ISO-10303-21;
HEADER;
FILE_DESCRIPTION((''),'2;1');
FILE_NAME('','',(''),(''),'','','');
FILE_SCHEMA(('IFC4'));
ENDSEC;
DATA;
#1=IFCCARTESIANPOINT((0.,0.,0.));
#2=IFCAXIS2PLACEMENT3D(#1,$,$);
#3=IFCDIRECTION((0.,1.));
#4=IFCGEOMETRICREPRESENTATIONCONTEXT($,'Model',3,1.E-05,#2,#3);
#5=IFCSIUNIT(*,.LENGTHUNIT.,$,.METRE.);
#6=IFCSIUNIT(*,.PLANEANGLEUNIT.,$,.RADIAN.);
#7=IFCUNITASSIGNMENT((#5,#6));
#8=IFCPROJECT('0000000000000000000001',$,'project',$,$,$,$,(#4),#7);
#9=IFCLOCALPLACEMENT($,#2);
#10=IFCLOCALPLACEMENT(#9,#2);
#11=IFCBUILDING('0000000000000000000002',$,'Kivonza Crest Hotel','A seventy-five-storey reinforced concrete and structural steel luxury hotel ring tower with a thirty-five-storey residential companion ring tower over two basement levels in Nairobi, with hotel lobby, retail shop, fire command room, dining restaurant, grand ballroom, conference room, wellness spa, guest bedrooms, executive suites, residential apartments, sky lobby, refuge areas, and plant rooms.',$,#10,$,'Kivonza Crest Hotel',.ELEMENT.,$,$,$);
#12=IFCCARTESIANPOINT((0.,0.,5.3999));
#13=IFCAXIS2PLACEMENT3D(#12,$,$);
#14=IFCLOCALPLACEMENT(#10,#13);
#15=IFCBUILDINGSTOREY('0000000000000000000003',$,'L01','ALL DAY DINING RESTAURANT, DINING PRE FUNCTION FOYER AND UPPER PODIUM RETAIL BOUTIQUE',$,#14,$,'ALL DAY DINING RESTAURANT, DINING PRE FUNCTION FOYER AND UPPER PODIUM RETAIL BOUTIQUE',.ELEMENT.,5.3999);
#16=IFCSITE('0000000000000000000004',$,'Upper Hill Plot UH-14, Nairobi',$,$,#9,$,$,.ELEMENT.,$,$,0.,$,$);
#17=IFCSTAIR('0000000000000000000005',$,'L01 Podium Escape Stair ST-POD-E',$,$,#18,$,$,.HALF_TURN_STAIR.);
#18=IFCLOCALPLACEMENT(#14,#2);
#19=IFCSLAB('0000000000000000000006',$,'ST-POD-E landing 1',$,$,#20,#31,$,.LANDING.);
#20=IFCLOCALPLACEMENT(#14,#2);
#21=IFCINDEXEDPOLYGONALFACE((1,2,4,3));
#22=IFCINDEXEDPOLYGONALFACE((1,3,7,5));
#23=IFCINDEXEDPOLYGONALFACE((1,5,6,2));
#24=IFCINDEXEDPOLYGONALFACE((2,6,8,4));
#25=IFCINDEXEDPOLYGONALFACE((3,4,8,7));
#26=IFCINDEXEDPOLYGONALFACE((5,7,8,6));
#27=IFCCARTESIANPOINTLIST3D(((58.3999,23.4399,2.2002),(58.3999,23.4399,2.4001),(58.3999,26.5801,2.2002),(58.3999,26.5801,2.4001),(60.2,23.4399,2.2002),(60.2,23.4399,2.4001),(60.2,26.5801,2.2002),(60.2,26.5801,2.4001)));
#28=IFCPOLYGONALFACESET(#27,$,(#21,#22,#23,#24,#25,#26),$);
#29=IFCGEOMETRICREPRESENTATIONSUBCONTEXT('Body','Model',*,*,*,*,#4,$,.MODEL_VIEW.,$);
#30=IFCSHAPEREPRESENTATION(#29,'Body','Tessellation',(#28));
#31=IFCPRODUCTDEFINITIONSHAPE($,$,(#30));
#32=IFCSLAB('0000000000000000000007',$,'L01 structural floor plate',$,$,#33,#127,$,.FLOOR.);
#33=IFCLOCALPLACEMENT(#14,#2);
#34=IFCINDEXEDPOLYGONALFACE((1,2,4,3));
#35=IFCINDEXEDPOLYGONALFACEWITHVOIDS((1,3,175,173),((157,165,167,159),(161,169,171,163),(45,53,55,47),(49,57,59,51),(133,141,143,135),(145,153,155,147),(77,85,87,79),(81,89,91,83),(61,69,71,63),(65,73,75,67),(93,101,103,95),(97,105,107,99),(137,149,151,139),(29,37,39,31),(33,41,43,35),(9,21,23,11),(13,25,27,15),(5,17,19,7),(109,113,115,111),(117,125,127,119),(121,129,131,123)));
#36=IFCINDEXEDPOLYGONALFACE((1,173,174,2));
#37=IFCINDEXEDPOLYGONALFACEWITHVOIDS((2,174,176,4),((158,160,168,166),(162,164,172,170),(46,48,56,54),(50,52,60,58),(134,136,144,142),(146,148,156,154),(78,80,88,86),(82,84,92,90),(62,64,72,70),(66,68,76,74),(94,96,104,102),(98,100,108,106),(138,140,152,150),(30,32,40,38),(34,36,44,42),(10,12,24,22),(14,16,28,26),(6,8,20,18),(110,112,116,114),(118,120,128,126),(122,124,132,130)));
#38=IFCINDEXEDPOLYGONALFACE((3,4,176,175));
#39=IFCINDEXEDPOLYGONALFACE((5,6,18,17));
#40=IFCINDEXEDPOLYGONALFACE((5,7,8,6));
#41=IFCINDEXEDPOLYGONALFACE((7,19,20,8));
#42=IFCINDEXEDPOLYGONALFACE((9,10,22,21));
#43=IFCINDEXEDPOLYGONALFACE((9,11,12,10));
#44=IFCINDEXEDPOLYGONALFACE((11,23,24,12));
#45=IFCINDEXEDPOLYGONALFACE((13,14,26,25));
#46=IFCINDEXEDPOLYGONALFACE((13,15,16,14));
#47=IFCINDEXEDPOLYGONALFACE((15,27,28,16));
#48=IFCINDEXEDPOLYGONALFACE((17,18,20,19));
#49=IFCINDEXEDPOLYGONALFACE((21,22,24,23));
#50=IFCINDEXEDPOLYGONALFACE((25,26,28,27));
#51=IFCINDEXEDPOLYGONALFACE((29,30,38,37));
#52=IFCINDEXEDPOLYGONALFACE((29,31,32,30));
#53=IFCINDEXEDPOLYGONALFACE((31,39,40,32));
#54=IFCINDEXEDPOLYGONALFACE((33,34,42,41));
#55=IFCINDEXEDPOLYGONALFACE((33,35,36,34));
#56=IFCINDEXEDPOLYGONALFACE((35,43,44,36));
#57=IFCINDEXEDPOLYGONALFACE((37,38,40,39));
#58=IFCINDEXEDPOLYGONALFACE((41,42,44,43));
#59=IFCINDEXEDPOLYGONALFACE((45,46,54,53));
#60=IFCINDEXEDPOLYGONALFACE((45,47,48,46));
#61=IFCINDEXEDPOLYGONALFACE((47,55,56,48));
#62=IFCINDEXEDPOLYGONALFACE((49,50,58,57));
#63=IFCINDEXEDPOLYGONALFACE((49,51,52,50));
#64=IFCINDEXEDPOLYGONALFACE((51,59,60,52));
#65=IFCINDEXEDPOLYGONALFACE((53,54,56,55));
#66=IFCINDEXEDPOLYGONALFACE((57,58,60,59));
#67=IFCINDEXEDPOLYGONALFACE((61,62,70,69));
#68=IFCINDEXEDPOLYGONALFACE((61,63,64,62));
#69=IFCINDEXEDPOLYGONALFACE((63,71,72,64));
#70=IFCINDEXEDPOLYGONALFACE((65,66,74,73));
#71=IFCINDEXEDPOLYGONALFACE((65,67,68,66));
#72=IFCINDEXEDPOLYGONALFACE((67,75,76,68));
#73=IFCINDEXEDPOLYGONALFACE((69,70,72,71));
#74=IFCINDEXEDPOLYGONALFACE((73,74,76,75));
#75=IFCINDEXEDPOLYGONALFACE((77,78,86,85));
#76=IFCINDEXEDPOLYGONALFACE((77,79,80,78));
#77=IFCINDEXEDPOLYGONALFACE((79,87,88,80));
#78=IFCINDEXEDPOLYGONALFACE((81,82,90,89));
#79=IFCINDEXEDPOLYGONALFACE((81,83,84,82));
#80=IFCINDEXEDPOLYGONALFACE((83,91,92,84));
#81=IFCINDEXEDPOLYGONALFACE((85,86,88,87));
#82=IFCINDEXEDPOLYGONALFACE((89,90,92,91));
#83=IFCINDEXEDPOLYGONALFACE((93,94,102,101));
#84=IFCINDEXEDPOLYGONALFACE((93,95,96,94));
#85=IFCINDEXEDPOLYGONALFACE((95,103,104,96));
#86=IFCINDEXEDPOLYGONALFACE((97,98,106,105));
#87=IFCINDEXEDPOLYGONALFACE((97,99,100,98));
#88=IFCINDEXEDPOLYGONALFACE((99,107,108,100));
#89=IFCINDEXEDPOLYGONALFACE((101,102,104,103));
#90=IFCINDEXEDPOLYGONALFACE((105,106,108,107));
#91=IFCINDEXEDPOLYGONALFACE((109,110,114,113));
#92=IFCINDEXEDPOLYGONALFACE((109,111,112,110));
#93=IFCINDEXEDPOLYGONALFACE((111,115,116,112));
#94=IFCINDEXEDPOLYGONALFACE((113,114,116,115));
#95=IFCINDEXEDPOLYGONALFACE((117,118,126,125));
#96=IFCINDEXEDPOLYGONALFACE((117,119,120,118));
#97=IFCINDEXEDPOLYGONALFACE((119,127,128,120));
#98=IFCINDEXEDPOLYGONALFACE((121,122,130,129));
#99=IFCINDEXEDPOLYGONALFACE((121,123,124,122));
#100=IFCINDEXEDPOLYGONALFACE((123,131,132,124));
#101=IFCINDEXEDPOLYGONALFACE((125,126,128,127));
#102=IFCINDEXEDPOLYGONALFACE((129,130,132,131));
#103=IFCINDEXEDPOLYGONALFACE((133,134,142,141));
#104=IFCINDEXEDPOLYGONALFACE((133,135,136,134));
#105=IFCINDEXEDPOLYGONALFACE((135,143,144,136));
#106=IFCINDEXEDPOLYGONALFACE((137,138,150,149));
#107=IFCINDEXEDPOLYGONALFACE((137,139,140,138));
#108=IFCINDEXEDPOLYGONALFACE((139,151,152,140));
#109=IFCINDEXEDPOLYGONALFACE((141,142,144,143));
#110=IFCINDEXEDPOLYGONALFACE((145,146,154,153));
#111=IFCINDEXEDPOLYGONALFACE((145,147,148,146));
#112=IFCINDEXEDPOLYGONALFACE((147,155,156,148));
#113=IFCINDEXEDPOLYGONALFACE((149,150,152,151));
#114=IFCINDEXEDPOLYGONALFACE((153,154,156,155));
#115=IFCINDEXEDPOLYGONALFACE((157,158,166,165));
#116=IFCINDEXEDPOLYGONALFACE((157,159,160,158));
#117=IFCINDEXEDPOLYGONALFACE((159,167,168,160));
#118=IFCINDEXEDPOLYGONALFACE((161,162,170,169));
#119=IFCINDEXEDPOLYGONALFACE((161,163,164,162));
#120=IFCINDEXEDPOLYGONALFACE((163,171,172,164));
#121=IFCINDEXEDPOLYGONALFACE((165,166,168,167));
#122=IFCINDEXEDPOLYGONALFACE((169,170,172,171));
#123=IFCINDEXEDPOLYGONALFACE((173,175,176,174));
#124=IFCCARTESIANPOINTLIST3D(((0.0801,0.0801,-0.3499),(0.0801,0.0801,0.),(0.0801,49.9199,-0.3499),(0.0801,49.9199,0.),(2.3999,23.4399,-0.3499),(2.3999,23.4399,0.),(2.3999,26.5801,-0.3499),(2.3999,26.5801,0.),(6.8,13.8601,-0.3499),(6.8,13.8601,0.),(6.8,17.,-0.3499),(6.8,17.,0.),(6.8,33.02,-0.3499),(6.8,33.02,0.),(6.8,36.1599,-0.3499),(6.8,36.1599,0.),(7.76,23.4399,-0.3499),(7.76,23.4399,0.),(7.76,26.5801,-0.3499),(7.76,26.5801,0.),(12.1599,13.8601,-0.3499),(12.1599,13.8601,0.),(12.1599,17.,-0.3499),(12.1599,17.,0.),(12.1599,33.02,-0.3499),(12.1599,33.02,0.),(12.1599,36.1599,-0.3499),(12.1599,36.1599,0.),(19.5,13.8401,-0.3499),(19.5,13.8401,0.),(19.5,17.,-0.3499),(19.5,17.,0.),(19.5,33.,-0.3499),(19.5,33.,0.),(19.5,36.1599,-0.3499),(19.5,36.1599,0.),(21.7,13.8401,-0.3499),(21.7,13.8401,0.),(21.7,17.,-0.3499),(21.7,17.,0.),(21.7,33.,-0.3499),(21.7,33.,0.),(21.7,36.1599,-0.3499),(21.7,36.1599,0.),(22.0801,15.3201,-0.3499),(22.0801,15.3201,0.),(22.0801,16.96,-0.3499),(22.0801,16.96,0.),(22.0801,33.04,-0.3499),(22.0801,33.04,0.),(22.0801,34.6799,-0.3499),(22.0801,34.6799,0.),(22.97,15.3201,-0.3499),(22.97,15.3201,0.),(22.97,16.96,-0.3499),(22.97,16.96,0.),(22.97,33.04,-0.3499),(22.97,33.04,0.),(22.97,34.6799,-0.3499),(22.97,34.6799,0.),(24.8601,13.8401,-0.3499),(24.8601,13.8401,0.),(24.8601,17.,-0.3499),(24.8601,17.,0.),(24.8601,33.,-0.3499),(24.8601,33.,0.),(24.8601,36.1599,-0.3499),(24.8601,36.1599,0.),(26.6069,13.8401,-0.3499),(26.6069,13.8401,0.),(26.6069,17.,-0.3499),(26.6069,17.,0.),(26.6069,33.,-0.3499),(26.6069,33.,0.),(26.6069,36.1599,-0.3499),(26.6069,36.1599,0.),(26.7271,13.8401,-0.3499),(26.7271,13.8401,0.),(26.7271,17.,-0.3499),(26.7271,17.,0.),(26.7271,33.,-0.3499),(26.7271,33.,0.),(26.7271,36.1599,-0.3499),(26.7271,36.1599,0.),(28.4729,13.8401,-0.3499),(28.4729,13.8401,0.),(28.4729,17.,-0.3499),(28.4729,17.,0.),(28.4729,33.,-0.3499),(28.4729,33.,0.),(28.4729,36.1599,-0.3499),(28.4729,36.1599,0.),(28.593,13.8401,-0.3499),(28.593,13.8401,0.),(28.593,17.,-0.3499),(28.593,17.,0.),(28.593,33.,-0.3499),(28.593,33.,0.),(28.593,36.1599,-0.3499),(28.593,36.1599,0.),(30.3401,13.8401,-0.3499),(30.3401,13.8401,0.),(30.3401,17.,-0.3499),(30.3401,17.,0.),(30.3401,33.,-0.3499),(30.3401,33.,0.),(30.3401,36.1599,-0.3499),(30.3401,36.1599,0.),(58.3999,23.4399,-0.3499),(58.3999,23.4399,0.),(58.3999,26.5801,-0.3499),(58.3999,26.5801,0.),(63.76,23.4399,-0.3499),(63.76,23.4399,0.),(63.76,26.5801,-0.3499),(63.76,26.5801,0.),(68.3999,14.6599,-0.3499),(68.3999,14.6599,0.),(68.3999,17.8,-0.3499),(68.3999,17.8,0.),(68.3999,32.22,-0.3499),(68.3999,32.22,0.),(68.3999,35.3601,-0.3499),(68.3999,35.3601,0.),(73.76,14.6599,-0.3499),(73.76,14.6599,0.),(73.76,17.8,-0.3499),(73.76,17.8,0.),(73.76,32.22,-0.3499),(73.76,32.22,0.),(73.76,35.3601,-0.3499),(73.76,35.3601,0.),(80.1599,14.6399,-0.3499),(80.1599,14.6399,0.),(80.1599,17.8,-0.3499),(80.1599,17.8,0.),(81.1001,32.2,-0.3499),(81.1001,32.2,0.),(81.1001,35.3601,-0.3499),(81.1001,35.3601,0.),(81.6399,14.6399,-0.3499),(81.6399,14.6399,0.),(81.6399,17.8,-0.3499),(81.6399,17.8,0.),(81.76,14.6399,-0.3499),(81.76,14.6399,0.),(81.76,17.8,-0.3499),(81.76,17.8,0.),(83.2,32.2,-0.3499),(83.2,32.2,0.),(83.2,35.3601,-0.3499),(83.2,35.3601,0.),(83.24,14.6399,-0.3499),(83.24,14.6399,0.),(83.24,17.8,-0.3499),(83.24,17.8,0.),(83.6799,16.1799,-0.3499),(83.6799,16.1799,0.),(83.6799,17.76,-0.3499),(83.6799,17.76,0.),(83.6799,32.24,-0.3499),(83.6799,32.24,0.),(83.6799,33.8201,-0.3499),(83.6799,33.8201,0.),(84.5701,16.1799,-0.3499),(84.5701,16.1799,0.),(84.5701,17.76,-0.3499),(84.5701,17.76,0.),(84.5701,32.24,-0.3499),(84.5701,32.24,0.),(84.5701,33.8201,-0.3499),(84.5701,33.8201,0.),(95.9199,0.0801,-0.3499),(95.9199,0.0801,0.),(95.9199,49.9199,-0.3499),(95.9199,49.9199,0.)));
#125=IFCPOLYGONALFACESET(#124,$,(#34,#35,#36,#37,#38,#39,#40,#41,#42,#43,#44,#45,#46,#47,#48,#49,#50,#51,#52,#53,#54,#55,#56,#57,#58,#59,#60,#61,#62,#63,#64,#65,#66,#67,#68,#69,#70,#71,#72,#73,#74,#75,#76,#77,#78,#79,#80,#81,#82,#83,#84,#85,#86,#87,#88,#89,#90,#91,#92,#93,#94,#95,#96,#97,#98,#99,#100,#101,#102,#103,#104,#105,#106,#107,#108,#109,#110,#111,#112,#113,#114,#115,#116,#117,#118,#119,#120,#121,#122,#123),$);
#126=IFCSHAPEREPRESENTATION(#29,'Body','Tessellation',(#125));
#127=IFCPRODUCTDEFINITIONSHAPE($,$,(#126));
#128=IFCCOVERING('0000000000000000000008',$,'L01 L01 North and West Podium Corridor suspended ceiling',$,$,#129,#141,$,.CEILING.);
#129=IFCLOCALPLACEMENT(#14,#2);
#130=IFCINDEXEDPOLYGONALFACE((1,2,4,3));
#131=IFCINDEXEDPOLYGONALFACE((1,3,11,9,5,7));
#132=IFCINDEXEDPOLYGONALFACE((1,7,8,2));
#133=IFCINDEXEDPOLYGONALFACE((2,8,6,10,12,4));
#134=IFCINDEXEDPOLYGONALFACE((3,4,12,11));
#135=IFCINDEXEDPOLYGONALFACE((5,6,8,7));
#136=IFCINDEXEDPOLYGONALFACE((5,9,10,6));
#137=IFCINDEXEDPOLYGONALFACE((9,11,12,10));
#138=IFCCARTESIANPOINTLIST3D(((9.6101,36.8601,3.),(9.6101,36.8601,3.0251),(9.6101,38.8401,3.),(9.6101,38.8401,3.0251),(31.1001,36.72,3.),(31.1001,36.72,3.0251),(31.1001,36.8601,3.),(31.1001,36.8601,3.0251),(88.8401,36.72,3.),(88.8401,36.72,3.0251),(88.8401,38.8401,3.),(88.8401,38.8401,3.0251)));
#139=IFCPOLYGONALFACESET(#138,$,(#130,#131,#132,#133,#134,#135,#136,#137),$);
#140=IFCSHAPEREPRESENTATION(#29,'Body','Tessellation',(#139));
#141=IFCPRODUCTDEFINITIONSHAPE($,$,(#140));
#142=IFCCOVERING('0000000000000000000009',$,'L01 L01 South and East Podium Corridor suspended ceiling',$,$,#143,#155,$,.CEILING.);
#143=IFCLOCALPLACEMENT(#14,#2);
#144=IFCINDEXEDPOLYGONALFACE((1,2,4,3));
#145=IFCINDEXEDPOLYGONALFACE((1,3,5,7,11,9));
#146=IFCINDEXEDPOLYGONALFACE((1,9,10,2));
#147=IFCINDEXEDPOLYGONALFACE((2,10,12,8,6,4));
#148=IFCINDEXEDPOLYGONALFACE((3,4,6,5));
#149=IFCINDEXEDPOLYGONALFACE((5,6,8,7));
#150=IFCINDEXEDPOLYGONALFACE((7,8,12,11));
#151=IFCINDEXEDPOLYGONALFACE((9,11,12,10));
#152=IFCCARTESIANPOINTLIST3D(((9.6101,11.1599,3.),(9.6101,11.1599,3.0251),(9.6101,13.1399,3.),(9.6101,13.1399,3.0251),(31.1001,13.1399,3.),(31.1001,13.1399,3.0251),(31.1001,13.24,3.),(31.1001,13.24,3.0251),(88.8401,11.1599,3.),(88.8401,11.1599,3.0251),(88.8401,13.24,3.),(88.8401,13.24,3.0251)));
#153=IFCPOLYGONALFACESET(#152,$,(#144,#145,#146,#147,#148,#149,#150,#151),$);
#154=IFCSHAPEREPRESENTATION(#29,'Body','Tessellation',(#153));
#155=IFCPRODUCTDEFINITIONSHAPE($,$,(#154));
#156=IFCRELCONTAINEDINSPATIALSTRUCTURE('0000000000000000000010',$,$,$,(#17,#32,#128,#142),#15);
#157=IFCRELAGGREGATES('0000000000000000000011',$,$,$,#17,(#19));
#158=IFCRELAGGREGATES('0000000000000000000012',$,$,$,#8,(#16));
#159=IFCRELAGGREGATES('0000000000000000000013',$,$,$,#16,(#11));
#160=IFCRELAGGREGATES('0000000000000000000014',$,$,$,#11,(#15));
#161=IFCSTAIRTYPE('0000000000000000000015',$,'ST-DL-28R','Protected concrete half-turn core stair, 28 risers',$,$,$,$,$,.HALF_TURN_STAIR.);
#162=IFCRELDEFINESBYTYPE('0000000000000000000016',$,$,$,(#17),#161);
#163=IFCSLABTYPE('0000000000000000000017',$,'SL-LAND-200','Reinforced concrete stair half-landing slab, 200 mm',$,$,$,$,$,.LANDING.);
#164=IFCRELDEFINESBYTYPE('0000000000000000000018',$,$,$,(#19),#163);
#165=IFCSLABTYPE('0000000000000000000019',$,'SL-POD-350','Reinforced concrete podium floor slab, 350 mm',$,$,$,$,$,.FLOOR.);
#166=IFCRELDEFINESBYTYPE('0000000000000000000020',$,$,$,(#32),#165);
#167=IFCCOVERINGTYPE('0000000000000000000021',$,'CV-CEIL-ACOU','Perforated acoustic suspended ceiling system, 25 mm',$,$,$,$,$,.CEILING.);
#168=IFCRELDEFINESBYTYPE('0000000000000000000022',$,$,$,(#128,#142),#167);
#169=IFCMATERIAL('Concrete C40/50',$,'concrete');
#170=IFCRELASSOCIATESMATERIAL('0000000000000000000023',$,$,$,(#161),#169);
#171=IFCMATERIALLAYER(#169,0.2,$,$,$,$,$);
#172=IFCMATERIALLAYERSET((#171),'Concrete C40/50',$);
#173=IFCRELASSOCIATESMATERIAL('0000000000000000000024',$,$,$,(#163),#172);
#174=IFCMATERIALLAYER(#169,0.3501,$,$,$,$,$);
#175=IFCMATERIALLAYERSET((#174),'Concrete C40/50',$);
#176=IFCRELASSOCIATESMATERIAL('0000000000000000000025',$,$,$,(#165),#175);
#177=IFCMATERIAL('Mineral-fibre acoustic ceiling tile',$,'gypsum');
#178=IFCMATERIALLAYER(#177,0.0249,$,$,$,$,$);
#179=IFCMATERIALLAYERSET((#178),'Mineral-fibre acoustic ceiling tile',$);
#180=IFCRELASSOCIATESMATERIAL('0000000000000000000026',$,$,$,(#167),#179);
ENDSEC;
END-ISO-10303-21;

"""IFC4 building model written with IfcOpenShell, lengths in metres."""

from ifc_helpers import new_model, si_unit, direction, frame, origin, place, context, subcontext, project, spatial, polyline, outline, extrude, material, layer, layer_set, type_object, element, aggregate, save


model = new_model("IFC4")

# Units and contexts
model_context = context("Model", 3, precision=1e-05, world=origin(), true_north=direction((0.0, 1.0)))
body_context = subcontext(model_context, "Body", "Model", "MODEL_VIEW")
ifc_project = project(units=[si_unit("LENGTHUNIT", "METRE"), si_unit("PLANEANGLEUNIT", "RADIAN")], contexts=[model_context])

# Site, building, storey
site_placement = place(None, origin())
site = spatial("IfcSite", under=ifc_project, at=site_placement, Name="Upper Hill Plot UH-14, Nairobi", CompositionType="ELEMENT", RefElevation=0.0)
building_placement = place(site_placement, origin())
building = spatial("IfcBuilding", under=site, at=building_placement, Name="Kivonza Crest Hotel", Description="A seventy-five-storey reinforced concrete and structural steel luxury hotel ring tower with a thirty-five-storey residential companion ring tower over two basement levels in Nairobi, with hotel lobby, retail shop, fire command room, dining restaurant, grand ballroom, conference room, wellness spa, guest bedrooms, executive suites, residential apartments, sky lobby, refuge areas, and plant rooms.", LongName="Kivonza Crest Hotel", CompositionType="ELEMENT")
storey_placement = place(building_placement, frame((0.0, 0.0, 5.3999)))
storey = spatial("IfcBuildingStorey", under=building, at=storey_placement, Name="L01", Description="ALL DAY DINING RESTAURANT, DINING PRE FUNCTION FOYER AND UPPER PODIUM RETAIL BOUTIQUE", LongName="ALL DAY DINING RESTAURANT, DINING PRE FUNCTION FOYER AND UPPER PODIUM RETAIL BOUTIQUE", CompositionType="ELEMENT", Elevation=5.3999)

# Stair, slab
ifc_material_1 = material(Name="Concrete C40/50", Category="concrete")
stair_type = type_object("IfcStairType", Name="ST-DL-28R", Description="Protected concrete half-turn core stair, 28 risers", PredefinedType="HALF_TURN_STAIR", material=ifc_material_1)
ifc_layer_1 = layer(ifc_material_1, 0.2)
ifc_layer_set_1 = layer_set([ifc_layer_1], Name="Concrete C40/50")
slab_type_1 = type_object("IfcSlabType", Name="SL-LAND-200", Description="Reinforced concrete stair half-landing slab, 200 mm", PredefinedType="LANDING", material=ifc_layer_set_1)
stair_1_placement = place(storey_placement, origin())
stair_1 = element("IfcStair", 1, at=stair_1_placement, inside=storey, type_object=stair_type, Name="L01 Podium Escape Stair ST-POD-E", PredefinedType="HALF_TURN_STAIR")
slab_1_placement = place(storey_placement, frame((0.0, 0.0, 2.2002)))
slab_1 = element("IfcSlab", 2, at=slab_1_placement, type_object=slab_type_1, Name="ST-POD-E landing 1", PredefinedType="LANDING", context=body_context, shape_type="SweptSolid", body=[
    extrude(outline(polyline([(60.2, 26.5801), (58.3999, 26.5801), (58.3999, 23.4399), (60.2, 23.4399), (60.2, 26.5801)])), origin(), (0.0, 0.0, 1.0), 0.2),
])
aggregate(stair_1, [slab_1])

# Slab
ifc_layer_2 = layer(ifc_material_1, 0.3501)
ifc_layer_set_2 = layer_set([ifc_layer_2], Name="Concrete C40/50")
slab_type_2 = type_object("IfcSlabType", Name="SL-POD-350", Description="Reinforced concrete podium floor slab, 350 mm", PredefinedType="FLOOR", material=ifc_layer_set_2)
slab_2_placement = place(storey_placement, frame((0.0, 0.0, -0.3499)))
element("IfcSlab", 3, at=slab_2_placement, inside=storey, type_object=slab_type_2, Name="L01 structural floor plate", PredefinedType="FLOOR", context=body_context, shape_type="SweptSolid", body=[
    extrude(outline(polyline([(0.0801, 0.0801), (95.9199, 0.0801), (95.9199, 49.9199), (0.0801, 49.9199), (0.0801, 0.0801)]), holes=[polyline([(6.8, 33.02), (12.1599, 33.02), (12.1599, 36.1599), (6.8, 36.1599), (6.8, 33.02)]), polyline([(6.8, 13.8601), (12.1599, 13.8601), (12.1599, 17.0), (6.8, 17.0), (6.8, 13.8601)]), polyline([(68.3999, 32.22), (73.76, 32.22), (73.76, 35.3601), (68.3999, 35.3601), (68.3999, 32.22)]), polyline([(68.3999, 14.6599), (73.76, 14.6599), (73.76, 17.8), (68.3999, 17.8), (68.3999, 14.6599)]), polyline([(2.3999, 23.4399), (7.76, 23.4399), (7.76, 26.5801), (2.3999, 26.5801), (2.3999, 23.4399)]), polyline([(58.3999, 23.4399), (63.76, 23.4399), (63.76, 26.5801), (58.3999, 26.5801), (58.3999, 23.4399)]), polyline([(22.0801, 33.04), (22.97, 33.04), (22.97, 34.6799), (22.0801, 34.6799), (22.0801, 33.04)]), polyline([(22.0801, 15.3201), (22.97, 15.3201), (22.97, 16.96), (22.0801, 16.96), (22.0801, 15.3201)]), polyline([(83.6799, 32.24), (84.5701, 32.24), (84.5701, 33.8201), (83.6799, 33.8201), (83.6799, 32.24)]), polyline([(83.6799, 16.1799), (84.5701, 16.1799), (84.5701, 17.76), (83.6799, 17.76), (83.6799, 16.1799)]), polyline([(19.5, 33.0), (21.7, 33.0), (21.7, 36.1599), (19.5, 36.1599), (19.5, 33.0)]), polyline([(24.8601, 33.0), (26.6069, 33.0), (26.6069, 36.1599), (24.8601, 36.1599), (24.8601, 33.0)]), polyline([(26.7271, 33.0), (28.4729, 33.0), (28.4729, 36.1599), (26.7271, 36.1599), (26.7271, 33.0)]), polyline([(28.593, 33.0), (30.3401, 33.0), (30.3401, 36.1599), (28.593, 36.1599), (28.593, 33.0)]), polyline([(19.5, 13.8401), (21.7, 13.8401), (21.7, 17.0), (19.5, 17.0), (19.5, 13.8401)]), polyline([(24.8601, 13.8401), (26.6069, 13.8401), (26.6069, 17.0), (24.8601, 17.0), (24.8601, 13.8401)]), polyline([(26.7271, 13.8401), (28.4729, 13.8401), (28.4729, 17.0), (26.7271, 17.0), (26.7271, 13.8401)]), polyline([(28.593, 13.8401), (30.3401, 13.8401), (30.3401, 17.0), (28.593, 17.0), (28.593, 13.8401)]), polyline([(81.1001, 32.2), (83.2, 32.2), (83.2, 35.3601), (81.1001, 35.3601), (81.1001, 32.2)]), polyline([(80.1599, 14.6399), (81.6399, 14.6399), (81.6399, 17.8), (80.1599, 17.8), (80.1599, 14.6399)]), polyline([(81.76, 14.6399), (83.24, 14.6399), (83.24, 17.8), (81.76, 17.8), (81.76, 14.6399)])]), origin(), (0.0, 0.0, 1.0), 0.3499),
])

# Coverings
ifc_material_2 = material(Name="Mineral-fibre acoustic ceiling tile", Category="gypsum")
ifc_layer_3 = layer(ifc_material_2, 0.0249)
ifc_layer_set_3 = layer_set([ifc_layer_3], Name="Mineral-fibre acoustic ceiling tile")
covering_type = type_object("IfcCoveringType", Name="CV-CEIL-ACOU", Description="Perforated acoustic suspended ceiling system, 25 mm", PredefinedType="CEILING", material=ifc_layer_set_3)
covering_1_placement = place(storey_placement, frame((0.0, 0.0, 3.0)))
element("IfcCovering", 4, at=covering_1_placement, inside=storey, type_object=covering_type, Name="L01 L01 North and West Podium Corridor suspended ceiling", PredefinedType="CEILING", context=body_context, shape_type="SweptSolid", body=[
    extrude(outline(polyline([(88.8401, 38.8401), (9.6101, 38.8401), (9.6101, 36.8601), (31.1001, 36.8601), (31.1001, 36.72), (88.8401, 36.72), (88.8401, 38.8401)])), origin(), (0.0, 0.0, 1.0), 0.0251),
])
covering_2_placement = place(storey_placement, frame((0.0, 0.0, 3.0)))
element("IfcCovering", 5, at=covering_2_placement, inside=storey, type_object=covering_type, Name="L01 L01 South and East Podium Corridor suspended ceiling", PredefinedType="CEILING", context=body_context, shape_type="SweptSolid", body=[
    extrude(outline(polyline([(88.8401, 11.1599), (88.8401, 13.24), (31.1001, 13.24), (31.1001, 13.1399), (9.6101, 13.1399), (9.6101, 11.1599), (88.8401, 11.1599)])), origin(), (0.0, 0.0, 1.0), 0.0251),
])

save(model, "model.ifc")
